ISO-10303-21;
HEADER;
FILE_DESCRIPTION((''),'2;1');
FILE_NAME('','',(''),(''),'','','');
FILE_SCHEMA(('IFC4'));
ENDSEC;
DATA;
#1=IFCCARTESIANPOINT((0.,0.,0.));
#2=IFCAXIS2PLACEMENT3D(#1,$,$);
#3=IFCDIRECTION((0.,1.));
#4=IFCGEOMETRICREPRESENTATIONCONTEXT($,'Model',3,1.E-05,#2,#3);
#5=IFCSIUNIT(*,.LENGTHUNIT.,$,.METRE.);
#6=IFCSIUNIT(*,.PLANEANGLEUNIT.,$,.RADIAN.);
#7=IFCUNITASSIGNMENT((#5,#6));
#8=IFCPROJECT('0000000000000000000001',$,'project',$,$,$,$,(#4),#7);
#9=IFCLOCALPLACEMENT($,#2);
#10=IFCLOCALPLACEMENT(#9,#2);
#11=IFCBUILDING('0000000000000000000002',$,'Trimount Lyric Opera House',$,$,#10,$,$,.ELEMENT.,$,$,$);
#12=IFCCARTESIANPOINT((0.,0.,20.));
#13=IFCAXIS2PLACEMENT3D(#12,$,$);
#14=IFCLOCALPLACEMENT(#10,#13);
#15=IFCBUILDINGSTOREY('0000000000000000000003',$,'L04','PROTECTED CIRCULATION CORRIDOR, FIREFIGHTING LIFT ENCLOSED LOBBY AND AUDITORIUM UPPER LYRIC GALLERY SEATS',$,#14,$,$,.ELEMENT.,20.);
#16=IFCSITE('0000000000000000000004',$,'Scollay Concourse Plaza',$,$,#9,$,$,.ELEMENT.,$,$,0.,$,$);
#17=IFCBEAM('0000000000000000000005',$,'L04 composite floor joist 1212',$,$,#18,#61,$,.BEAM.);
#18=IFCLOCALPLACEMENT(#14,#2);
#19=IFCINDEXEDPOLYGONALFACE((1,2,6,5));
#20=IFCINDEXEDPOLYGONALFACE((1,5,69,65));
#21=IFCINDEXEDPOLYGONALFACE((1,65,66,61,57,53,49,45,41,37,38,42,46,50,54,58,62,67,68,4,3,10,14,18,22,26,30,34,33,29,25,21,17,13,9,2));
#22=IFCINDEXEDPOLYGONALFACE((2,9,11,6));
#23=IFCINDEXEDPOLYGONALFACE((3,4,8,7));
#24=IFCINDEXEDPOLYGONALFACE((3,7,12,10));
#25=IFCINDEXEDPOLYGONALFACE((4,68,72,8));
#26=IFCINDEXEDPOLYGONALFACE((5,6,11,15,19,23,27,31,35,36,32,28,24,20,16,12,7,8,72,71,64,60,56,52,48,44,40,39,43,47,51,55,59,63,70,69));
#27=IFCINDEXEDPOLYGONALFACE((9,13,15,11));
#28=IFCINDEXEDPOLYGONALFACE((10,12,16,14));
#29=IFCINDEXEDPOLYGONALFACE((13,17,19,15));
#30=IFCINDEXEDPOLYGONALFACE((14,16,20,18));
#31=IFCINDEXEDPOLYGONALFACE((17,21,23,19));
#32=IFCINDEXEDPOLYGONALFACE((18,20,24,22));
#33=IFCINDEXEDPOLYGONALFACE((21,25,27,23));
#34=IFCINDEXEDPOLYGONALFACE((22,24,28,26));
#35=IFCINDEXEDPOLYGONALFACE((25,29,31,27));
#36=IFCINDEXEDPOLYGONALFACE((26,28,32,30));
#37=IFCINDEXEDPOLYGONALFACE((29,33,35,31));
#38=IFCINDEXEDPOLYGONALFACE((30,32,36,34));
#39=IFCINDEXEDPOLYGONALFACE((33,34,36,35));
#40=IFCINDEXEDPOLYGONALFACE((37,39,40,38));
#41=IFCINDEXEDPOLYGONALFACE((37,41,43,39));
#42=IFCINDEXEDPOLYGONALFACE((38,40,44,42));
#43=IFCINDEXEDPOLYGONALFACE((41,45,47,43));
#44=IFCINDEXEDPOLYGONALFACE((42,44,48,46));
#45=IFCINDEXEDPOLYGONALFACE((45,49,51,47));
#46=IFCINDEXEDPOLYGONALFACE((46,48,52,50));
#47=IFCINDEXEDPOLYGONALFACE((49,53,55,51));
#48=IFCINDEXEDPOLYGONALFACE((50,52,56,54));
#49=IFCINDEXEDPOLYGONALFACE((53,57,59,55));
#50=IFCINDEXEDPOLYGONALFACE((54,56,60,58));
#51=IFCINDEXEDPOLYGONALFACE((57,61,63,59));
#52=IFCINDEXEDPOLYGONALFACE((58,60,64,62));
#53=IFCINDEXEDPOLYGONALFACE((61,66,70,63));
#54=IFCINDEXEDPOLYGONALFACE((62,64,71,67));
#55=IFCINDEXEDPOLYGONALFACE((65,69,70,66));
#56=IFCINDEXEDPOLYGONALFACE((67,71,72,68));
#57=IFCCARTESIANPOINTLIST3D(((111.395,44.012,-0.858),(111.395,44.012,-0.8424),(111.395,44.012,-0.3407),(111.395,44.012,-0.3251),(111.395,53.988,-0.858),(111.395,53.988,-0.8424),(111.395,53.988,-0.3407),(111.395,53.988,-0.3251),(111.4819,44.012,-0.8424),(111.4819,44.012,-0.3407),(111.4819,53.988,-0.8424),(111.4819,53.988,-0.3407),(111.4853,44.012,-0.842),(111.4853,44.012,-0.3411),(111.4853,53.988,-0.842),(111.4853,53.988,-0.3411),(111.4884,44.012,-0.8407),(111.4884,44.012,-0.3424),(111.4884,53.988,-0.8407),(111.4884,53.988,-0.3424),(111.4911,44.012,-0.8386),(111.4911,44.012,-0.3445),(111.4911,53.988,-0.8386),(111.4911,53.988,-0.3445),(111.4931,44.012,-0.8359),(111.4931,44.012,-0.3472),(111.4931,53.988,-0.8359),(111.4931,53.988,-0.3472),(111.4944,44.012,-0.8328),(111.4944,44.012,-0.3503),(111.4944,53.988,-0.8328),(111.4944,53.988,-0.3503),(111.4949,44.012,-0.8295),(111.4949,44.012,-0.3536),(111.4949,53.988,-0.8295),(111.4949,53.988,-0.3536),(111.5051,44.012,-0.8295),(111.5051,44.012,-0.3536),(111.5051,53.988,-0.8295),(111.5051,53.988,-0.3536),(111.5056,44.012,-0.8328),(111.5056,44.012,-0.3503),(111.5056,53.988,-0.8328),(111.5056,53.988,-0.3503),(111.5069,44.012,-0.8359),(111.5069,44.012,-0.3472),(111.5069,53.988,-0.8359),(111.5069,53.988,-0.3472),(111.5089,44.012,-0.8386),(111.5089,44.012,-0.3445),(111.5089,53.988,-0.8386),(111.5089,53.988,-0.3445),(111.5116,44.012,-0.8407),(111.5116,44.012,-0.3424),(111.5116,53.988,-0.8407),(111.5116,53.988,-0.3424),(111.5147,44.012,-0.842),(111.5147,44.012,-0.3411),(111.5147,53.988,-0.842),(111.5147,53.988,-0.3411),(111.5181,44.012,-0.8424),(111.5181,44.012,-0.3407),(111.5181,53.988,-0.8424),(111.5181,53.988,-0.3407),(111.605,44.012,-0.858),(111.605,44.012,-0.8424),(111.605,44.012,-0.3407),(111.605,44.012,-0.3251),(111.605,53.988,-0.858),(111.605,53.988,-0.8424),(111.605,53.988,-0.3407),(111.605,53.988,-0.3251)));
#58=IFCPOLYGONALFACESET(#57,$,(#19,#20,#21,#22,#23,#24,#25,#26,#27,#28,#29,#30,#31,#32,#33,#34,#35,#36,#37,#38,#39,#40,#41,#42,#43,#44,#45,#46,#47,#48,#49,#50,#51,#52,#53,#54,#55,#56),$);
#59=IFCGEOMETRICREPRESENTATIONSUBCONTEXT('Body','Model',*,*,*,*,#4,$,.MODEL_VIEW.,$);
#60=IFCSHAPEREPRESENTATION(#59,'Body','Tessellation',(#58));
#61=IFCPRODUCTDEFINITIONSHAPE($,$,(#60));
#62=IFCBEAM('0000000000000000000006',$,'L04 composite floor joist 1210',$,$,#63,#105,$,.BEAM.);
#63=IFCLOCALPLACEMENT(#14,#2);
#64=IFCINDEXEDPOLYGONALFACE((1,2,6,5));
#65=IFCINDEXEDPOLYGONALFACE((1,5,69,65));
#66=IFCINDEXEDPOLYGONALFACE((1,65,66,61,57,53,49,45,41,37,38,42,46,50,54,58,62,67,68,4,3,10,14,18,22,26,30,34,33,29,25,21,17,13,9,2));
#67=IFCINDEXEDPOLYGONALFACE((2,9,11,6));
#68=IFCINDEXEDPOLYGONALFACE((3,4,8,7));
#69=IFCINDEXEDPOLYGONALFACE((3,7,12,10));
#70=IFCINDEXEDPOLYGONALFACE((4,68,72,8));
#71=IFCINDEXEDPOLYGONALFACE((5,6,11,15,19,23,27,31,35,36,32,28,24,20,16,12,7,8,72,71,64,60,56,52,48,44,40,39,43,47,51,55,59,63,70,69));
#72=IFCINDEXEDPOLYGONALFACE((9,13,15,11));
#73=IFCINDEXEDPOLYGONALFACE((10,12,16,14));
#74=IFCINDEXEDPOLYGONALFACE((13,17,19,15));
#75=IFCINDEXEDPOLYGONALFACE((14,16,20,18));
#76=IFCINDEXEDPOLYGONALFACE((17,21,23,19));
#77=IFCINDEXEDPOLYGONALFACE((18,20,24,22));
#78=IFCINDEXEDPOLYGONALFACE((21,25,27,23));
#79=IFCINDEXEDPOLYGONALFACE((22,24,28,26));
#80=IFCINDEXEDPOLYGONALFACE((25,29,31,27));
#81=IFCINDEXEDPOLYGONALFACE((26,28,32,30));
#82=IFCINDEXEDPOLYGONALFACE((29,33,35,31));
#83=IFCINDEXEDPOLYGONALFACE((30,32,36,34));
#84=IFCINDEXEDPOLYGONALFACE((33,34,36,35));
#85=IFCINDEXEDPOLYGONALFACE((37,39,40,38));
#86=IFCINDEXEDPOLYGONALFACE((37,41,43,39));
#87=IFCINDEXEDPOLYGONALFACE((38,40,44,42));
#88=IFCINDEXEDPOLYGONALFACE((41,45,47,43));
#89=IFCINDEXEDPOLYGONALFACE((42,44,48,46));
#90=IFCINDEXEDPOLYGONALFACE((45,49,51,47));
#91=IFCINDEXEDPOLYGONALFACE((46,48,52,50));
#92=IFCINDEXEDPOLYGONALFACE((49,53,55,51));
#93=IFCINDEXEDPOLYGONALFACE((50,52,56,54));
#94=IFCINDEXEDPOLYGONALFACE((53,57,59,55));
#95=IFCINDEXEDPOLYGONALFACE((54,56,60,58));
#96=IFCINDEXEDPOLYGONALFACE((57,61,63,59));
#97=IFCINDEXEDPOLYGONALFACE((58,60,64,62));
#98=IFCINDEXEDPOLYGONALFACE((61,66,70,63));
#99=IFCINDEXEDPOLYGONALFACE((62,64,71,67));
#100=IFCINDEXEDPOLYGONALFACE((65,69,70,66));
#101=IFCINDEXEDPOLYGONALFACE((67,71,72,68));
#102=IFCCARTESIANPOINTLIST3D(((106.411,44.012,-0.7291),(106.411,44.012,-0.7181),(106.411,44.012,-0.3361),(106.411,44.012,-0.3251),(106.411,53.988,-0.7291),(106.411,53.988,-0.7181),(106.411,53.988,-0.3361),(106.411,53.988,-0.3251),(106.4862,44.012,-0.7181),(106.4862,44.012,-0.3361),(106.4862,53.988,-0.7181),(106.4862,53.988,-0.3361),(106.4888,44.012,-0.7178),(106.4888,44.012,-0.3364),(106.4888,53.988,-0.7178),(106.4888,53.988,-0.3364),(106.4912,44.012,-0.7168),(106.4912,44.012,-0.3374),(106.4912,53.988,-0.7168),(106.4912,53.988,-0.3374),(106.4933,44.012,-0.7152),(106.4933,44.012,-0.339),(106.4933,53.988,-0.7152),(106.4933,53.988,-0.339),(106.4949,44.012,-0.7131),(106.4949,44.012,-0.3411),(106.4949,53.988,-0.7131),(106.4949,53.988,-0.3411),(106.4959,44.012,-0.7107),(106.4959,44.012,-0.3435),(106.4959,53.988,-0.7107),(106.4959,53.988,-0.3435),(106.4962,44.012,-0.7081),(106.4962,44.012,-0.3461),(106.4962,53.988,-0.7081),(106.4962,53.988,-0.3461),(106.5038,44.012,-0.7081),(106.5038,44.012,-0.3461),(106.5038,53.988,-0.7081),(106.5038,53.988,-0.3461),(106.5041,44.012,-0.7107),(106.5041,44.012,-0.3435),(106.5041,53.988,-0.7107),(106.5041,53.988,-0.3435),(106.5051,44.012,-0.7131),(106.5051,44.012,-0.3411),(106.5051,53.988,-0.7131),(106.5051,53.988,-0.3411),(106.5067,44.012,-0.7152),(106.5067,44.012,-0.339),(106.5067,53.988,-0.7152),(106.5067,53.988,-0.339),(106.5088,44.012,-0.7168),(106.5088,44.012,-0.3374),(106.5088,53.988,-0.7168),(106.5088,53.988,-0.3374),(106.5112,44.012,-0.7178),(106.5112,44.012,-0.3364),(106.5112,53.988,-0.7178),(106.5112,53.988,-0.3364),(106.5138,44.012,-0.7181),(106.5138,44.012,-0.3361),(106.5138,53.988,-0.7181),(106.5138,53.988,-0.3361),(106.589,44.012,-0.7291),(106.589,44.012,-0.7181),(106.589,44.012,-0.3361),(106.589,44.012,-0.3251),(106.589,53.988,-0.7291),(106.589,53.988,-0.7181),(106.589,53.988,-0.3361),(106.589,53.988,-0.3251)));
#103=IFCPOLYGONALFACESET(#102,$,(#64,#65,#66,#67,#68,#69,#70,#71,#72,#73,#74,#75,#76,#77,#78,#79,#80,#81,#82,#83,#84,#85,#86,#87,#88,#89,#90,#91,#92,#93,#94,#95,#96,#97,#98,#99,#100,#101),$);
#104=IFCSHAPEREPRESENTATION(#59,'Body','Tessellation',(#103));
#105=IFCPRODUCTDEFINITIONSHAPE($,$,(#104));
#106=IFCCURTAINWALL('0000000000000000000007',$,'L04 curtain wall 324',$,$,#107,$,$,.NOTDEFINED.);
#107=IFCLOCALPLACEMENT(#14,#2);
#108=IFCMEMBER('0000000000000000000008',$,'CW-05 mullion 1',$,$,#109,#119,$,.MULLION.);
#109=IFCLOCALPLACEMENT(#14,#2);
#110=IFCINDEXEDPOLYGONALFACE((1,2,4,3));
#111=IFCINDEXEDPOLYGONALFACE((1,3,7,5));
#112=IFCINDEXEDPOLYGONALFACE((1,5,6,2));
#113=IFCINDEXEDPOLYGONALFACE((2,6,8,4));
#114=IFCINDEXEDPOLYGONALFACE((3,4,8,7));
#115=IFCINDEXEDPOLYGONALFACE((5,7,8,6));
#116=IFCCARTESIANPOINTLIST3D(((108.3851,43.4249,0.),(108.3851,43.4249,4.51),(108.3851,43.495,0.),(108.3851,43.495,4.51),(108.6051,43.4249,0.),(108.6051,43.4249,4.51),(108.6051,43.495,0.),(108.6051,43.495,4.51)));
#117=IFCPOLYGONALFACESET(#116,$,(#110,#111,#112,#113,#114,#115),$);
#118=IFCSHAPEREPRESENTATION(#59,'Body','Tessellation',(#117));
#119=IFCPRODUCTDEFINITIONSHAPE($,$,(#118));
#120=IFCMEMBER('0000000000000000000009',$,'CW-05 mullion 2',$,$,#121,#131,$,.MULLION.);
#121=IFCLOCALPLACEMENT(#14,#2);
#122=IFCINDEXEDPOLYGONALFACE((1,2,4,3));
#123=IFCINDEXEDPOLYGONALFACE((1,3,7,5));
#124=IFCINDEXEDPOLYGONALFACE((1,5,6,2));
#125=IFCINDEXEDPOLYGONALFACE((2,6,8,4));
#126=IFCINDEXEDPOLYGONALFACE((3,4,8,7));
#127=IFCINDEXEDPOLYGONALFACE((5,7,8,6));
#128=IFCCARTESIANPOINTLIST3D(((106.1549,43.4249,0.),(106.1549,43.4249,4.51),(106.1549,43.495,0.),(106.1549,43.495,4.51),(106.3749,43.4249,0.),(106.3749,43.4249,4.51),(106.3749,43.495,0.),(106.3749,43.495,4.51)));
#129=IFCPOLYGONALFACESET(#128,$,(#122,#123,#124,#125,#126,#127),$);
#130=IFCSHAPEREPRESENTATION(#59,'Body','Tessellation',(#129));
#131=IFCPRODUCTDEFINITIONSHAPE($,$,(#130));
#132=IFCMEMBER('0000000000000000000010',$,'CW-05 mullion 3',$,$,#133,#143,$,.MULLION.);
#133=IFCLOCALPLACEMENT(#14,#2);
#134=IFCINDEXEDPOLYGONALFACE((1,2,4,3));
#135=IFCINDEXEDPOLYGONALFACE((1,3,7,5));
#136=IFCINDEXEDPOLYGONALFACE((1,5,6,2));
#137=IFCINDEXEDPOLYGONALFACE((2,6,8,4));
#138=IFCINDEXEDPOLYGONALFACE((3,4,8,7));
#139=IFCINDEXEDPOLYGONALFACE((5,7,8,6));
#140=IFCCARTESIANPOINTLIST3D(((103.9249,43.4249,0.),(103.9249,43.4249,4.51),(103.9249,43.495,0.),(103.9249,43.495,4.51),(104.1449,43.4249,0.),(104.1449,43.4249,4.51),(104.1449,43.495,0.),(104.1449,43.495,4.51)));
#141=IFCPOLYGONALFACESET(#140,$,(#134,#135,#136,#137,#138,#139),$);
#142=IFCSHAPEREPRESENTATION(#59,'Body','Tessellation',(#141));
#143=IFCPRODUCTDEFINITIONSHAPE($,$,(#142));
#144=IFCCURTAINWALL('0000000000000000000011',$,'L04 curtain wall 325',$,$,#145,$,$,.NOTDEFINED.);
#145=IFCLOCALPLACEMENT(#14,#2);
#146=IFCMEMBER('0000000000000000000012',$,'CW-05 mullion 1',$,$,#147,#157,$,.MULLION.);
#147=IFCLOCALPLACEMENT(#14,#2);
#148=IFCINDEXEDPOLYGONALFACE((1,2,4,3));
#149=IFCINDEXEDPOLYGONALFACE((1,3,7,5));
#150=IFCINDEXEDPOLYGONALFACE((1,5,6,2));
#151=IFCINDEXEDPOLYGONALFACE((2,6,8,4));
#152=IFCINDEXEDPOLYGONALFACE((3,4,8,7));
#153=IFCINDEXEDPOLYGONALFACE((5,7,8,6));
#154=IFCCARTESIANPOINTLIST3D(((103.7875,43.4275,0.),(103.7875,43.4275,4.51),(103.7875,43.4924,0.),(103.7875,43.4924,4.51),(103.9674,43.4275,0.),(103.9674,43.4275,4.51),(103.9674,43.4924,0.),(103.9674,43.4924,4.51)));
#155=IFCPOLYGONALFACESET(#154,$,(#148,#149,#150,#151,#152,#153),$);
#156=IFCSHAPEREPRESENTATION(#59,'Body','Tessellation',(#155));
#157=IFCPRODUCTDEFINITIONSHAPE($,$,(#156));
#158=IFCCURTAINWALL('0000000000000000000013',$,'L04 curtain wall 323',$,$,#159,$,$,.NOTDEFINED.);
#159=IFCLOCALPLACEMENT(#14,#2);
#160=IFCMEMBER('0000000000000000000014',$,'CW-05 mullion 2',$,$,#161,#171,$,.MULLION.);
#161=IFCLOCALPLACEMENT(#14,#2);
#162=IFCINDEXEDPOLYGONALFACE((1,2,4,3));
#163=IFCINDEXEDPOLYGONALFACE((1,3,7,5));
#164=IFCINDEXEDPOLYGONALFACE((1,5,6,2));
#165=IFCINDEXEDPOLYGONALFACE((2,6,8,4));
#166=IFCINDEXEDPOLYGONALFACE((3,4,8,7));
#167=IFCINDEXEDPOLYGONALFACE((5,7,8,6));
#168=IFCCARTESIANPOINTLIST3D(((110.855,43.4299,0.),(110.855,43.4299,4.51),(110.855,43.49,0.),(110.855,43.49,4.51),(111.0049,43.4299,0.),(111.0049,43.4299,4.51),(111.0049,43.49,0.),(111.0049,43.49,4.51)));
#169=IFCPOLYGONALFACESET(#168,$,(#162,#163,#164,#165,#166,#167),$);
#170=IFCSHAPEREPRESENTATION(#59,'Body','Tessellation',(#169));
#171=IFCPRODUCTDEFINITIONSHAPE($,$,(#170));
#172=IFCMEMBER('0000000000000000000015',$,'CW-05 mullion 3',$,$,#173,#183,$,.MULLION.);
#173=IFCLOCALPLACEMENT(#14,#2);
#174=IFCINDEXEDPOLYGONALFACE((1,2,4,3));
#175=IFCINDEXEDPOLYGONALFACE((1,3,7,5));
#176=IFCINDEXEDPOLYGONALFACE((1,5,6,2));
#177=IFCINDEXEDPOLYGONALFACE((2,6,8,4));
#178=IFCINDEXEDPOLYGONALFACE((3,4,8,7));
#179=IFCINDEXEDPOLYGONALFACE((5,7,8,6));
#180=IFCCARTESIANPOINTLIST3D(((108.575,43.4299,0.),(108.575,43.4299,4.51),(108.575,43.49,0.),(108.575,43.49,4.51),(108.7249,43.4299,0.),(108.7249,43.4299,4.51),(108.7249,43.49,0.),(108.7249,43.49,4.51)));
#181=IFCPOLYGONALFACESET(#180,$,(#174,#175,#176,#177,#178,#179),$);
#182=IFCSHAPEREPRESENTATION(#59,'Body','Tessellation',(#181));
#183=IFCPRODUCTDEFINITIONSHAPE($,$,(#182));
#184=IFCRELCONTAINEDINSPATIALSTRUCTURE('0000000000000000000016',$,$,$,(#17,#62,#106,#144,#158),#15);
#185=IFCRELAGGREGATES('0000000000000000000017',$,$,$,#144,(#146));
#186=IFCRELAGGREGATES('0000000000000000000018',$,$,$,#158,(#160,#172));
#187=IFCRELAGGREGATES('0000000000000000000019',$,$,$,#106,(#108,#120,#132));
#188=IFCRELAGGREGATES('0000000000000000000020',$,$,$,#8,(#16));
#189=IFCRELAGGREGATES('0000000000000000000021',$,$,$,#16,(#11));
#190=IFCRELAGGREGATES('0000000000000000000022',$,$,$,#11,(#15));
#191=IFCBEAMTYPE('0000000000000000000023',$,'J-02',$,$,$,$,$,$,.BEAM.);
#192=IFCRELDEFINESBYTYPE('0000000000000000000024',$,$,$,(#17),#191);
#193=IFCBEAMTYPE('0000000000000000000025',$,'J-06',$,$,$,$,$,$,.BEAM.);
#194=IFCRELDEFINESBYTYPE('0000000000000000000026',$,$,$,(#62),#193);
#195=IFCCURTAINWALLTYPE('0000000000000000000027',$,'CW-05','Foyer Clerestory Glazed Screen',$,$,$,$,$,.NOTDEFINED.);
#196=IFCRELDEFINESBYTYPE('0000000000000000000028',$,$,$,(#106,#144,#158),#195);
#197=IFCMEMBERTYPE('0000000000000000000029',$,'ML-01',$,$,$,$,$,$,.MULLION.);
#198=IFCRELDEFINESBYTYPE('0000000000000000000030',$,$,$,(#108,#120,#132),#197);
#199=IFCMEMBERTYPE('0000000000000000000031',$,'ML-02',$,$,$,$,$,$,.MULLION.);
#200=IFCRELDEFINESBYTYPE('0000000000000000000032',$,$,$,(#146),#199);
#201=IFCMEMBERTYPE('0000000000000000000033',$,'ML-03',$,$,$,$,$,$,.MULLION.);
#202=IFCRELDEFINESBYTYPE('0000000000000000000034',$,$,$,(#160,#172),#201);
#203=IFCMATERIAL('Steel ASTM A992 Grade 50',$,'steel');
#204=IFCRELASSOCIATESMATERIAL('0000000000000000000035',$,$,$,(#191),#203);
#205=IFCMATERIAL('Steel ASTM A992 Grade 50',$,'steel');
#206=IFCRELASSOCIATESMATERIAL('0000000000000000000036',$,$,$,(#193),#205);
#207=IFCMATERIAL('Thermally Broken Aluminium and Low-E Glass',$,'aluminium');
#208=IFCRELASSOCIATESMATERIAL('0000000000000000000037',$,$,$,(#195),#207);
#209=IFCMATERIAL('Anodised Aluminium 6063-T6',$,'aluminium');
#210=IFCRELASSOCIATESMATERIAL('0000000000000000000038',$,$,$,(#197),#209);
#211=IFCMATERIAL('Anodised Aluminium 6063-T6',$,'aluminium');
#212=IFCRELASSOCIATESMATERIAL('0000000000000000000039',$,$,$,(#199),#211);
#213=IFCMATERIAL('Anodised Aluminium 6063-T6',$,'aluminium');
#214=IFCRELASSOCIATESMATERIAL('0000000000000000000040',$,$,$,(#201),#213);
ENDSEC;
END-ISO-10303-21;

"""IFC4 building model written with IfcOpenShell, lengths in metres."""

from ifc_helpers import new_model, si_unit, direction, frame, origin, origin_2d, place, context, subcontext, project, spatial, rectangle, i_section, extrude, material, material_profile, profile_set, type_object, element, aggregate, save


model = new_model("IFC4")

# Units and contexts
model_context = context("Model", 3, precision=1e-05, world=origin(), true_north=direction((0.0, 1.0)))
body_context = subcontext(model_context, "Body", "Model", "MODEL_VIEW")
ifc_project = project(units=[si_unit("LENGTHUNIT", "METRE"), si_unit("PLANEANGLEUNIT", "RADIAN")], contexts=[model_context])

# Site, building, storey
site_placement = place(None, origin())
site = spatial("IfcSite", under=ifc_project, at=site_placement, Name="Scollay Concourse Plaza", CompositionType="ELEMENT", RefElevation=0.0)
building_placement = place(site_placement, origin())
building = spatial("IfcBuilding", under=site, at=building_placement, Name="Trimount Lyric Opera House", CompositionType="ELEMENT")
storey_placement = place(building_placement, frame((0.0, 0.0, 20.0)))
storey = spatial("IfcBuildingStorey", under=building, at=storey_placement, Name="L04", Description="PROTECTED CIRCULATION CORRIDOR, FIREFIGHTING LIFT ENCLOSED LOBBY AND AUDITORIUM UPPER LYRIC GALLERY SEATS", CompositionType="ELEMENT", Elevation=20.0)

# Beams
ifc_material_1 = material(Name="Steel ASTM A992 Grade 50", Category="steel")
ifc_material_profile_1 = material_profile(ifc_material_1, i_section(OverallWidth=0.21, OverallDepth=0.533, WebThickness=0.0103, FlangeThickness=0.0156, FilletRadius=0.0129, at=origin_2d()), Name="W21X62")
ifc_profile_set_1 = profile_set([ifc_material_profile_1], Name="Steel ASTM A992 Grade 50")
beam_type_1 = type_object("IfcBeamType", Name="J-02", PredefinedType="BEAM", material=ifc_profile_set_1)
beam_1_placement = place(storey_placement, frame((111.5, 44.012, -0.5916), z_axis=(0.0, 1.0, 0.0), x_axis=(-1.0, 0.0, 0.0)))
element("IfcBeam", 1, at=beam_1_placement, inside=storey, type_object=beam_type_1, Name="L04 composite floor joist 1212", PredefinedType="BEAM", context=body_context, shape_type="SweptSolid", body=[
    extrude(i_section(OverallWidth=0.21, OverallDepth=0.533, WebThickness=0.0103, FlangeThickness=0.0156, FilletRadius=0.0129, at=origin_2d()), origin(), (0.0, 0.0, 1.0), 9.9761),
])
ifc_material_2 = material(Name="Steel ASTM A992 Grade 50", Category="steel")
ifc_material_profile_2 = material_profile(ifc_material_2, i_section(OverallWidth=0.178, OverallDepth=0.4041, WebThickness=0.0076, FlangeThickness=0.011, FilletRadius=0.01, at=origin_2d()), Name="W16X36")
ifc_profile_set_2 = profile_set([ifc_material_profile_2], Name="Steel ASTM A992 Grade 50")
beam_type_2 = type_object("IfcBeamType", Name="J-06", PredefinedType="BEAM", material=ifc_profile_set_2)
beam_2_placement = place(storey_placement, frame((106.5, 44.012, -0.5271), z_axis=(0.0, 1.0, 0.0), x_axis=(-1.0, 0.0, 0.0)))
element("IfcBeam", 2, at=beam_2_placement, inside=storey, type_object=beam_type_2, Name="L04 composite floor joist 1210", PredefinedType="BEAM", context=body_context, shape_type="SweptSolid", body=[
    extrude(i_section(OverallWidth=0.178, OverallDepth=0.4041, WebThickness=0.0076, FlangeThickness=0.011, FilletRadius=0.01, at=origin_2d()), origin(), (0.0, 0.0, 1.0), 9.9761),
])

# Curtain wall, members
ifc_material_3 = material(Name="Thermally Broken Aluminium and Low-E Glass", Category="aluminium")
curtain_wall_type = type_object("IfcCurtainWallType", Name="CW-05", Description="Foyer Clerestory Glazed Screen", PredefinedType="NOTDEFINED", material=ifc_material_3)
curtain_wall_1_placement = place(storey_placement, origin())
curtain_wall_1 = element("IfcCurtainWall", 3, at=curtain_wall_1_placement, inside=storey, type_object=curtain_wall_type, Name="L04 curtain wall 324", PredefinedType="NOTDEFINED")
ifc_material_4 = material(Name="Anodised Aluminium 6063-T6", Category="aluminium")
ifc_material_profile_3 = material_profile(ifc_material_4, rectangle(XDim=0.0701, YDim=0.22, at=origin_2d()), Name="ALU-MULL-70X220")
ifc_profile_set_3 = profile_set([ifc_material_profile_3], Name="Anodised Aluminium 6063-T6")
member_type_1 = type_object("IfcMemberType", Name="ML-01", PredefinedType="MULLION", material=ifc_profile_set_3)
member_1_placement = place(storey_placement, frame((108.4951, 43.46, 0.0), z_axis=(0.0, 0.0, 1.0), x_axis=(0.0, -1.0, 0.0)))
member_1 = element("IfcMember", 4, at=member_1_placement, type_object=member_type_1, Name="CW-05 mullion 1", PredefinedType="MULLION", context=body_context, shape_type="SweptSolid", body=[
    extrude(rectangle(XDim=0.0701, YDim=0.22, at=origin_2d()), origin(), (0.0, 0.0, 1.0), 4.51),
])
member_2_placement = place(storey_placement, frame((106.2649, 43.46, 0.0), z_axis=(0.0, 0.0, 1.0), x_axis=(0.0, -1.0, 0.0)))
member_2 = element("IfcMember", 5, at=member_2_placement, type_object=member_type_1, Name="CW-05 mullion 2", PredefinedType="MULLION", context=body_context, shape_type="SweptSolid", body=[
    extrude(rectangle(XDim=0.0701, YDim=0.22, at=origin_2d()), origin(), (0.0, 0.0, 1.0), 4.51),
])
member_3_placement = place(storey_placement, frame((104.0349, 43.46, 0.0), z_axis=(0.0, 0.0, 1.0), x_axis=(0.0, -1.0, 0.0)))
member_3 = element("IfcMember", 6, at=member_3_placement, type_object=member_type_1, Name="CW-05 mullion 3", PredefinedType="MULLION", context=body_context, shape_type="SweptSolid", body=[
    extrude(rectangle(XDim=0.0701, YDim=0.22, at=origin_2d()), origin(), (0.0, 0.0, 1.0), 4.51),
])

# Curtain wall, member
curtain_wall_2_placement = place(storey_placement, origin())
curtain_wall_2 = element("IfcCurtainWall", 7, at=curtain_wall_2_placement, inside=storey, type_object=curtain_wall_type, Name="L04 curtain wall 325", PredefinedType="NOTDEFINED")
ifc_material_5 = material(Name="Anodised Aluminium 6063-T6", Category="aluminium")
ifc_material_profile_4 = material_profile(ifc_material_5, rectangle(XDim=0.0649, YDim=0.1799, at=origin_2d()), Name="ALU-MULL-65X180")
ifc_profile_set_4 = profile_set([ifc_material_profile_4], Name="Anodised Aluminium 6063-T6")
member_type_2 = type_object("IfcMemberType", Name="ML-02", PredefinedType="MULLION", material=ifc_profile_set_4)
member_4_placement = place(storey_placement, frame((103.8774, 43.46, 0.0), z_axis=(0.0, 0.0, 1.0), x_axis=(0.0, -1.0, 0.0)))
member_4 = element("IfcMember", 8, at=member_4_placement, type_object=member_type_2, Name="CW-05 mullion 1", PredefinedType="MULLION", context=body_context, shape_type="SweptSolid", body=[
    extrude(rectangle(XDim=0.0649, YDim=0.1799, at=origin_2d()), origin(), (0.0, 0.0, 1.0), 4.51),
])

# Curtain wall, members
curtain_wall_3_placement = place(storey_placement, origin())
curtain_wall_3 = element("IfcCurtainWall", 9, at=curtain_wall_3_placement, inside=storey, type_object=curtain_wall_type, Name="L04 curtain wall 323", PredefinedType="NOTDEFINED")
ifc_material_6 = material(Name="Anodised Aluminium 6063-T6", Category="aluminium")
ifc_material_profile_5 = material_profile(ifc_material_6, rectangle(XDim=0.0601, YDim=0.1499, at=origin_2d()), Name="ALU-MULL-60X150")
ifc_profile_set_5 = profile_set([ifc_material_profile_5], Name="Anodised Aluminium 6063-T6")
member_type_3 = type_object("IfcMemberType", Name="ML-03", PredefinedType="MULLION", material=ifc_profile_set_5)
member_5_placement = place(storey_placement, frame((110.9299, 43.46, 0.0), z_axis=(0.0, 0.0, 1.0), x_axis=(0.0, -1.0, 0.0)))
member_5 = element("IfcMember", 10, at=member_5_placement, type_object=member_type_3, Name="CW-05 mullion 2", PredefinedType="MULLION", context=body_context, shape_type="SweptSolid", body=[
    extrude(rectangle(XDim=0.0601, YDim=0.1499, at=origin_2d()), origin(), (0.0, 0.0, 1.0), 4.51),
])
member_6_placement = place(storey_placement, frame((108.6499, 43.46, 0.0), z_axis=(0.0, 0.0, 1.0), x_axis=(0.0, -1.0, 0.0)))
member_6 = element("IfcMember", 11, at=member_6_placement, type_object=member_type_3, Name="CW-05 mullion 3", PredefinedType="MULLION", context=body_context, shape_type="SweptSolid", body=[
    extrude(rectangle(XDim=0.0601, YDim=0.1499, at=origin_2d()), origin(), (0.0, 0.0, 1.0), 4.51),
])

aggregate(curtain_wall_2, [member_4])

aggregate(curtain_wall_3, [member_5, member_6])
aggregate(curtain_wall_1, [member_1, member_2, member_3])

save(model, "model.ifc")
